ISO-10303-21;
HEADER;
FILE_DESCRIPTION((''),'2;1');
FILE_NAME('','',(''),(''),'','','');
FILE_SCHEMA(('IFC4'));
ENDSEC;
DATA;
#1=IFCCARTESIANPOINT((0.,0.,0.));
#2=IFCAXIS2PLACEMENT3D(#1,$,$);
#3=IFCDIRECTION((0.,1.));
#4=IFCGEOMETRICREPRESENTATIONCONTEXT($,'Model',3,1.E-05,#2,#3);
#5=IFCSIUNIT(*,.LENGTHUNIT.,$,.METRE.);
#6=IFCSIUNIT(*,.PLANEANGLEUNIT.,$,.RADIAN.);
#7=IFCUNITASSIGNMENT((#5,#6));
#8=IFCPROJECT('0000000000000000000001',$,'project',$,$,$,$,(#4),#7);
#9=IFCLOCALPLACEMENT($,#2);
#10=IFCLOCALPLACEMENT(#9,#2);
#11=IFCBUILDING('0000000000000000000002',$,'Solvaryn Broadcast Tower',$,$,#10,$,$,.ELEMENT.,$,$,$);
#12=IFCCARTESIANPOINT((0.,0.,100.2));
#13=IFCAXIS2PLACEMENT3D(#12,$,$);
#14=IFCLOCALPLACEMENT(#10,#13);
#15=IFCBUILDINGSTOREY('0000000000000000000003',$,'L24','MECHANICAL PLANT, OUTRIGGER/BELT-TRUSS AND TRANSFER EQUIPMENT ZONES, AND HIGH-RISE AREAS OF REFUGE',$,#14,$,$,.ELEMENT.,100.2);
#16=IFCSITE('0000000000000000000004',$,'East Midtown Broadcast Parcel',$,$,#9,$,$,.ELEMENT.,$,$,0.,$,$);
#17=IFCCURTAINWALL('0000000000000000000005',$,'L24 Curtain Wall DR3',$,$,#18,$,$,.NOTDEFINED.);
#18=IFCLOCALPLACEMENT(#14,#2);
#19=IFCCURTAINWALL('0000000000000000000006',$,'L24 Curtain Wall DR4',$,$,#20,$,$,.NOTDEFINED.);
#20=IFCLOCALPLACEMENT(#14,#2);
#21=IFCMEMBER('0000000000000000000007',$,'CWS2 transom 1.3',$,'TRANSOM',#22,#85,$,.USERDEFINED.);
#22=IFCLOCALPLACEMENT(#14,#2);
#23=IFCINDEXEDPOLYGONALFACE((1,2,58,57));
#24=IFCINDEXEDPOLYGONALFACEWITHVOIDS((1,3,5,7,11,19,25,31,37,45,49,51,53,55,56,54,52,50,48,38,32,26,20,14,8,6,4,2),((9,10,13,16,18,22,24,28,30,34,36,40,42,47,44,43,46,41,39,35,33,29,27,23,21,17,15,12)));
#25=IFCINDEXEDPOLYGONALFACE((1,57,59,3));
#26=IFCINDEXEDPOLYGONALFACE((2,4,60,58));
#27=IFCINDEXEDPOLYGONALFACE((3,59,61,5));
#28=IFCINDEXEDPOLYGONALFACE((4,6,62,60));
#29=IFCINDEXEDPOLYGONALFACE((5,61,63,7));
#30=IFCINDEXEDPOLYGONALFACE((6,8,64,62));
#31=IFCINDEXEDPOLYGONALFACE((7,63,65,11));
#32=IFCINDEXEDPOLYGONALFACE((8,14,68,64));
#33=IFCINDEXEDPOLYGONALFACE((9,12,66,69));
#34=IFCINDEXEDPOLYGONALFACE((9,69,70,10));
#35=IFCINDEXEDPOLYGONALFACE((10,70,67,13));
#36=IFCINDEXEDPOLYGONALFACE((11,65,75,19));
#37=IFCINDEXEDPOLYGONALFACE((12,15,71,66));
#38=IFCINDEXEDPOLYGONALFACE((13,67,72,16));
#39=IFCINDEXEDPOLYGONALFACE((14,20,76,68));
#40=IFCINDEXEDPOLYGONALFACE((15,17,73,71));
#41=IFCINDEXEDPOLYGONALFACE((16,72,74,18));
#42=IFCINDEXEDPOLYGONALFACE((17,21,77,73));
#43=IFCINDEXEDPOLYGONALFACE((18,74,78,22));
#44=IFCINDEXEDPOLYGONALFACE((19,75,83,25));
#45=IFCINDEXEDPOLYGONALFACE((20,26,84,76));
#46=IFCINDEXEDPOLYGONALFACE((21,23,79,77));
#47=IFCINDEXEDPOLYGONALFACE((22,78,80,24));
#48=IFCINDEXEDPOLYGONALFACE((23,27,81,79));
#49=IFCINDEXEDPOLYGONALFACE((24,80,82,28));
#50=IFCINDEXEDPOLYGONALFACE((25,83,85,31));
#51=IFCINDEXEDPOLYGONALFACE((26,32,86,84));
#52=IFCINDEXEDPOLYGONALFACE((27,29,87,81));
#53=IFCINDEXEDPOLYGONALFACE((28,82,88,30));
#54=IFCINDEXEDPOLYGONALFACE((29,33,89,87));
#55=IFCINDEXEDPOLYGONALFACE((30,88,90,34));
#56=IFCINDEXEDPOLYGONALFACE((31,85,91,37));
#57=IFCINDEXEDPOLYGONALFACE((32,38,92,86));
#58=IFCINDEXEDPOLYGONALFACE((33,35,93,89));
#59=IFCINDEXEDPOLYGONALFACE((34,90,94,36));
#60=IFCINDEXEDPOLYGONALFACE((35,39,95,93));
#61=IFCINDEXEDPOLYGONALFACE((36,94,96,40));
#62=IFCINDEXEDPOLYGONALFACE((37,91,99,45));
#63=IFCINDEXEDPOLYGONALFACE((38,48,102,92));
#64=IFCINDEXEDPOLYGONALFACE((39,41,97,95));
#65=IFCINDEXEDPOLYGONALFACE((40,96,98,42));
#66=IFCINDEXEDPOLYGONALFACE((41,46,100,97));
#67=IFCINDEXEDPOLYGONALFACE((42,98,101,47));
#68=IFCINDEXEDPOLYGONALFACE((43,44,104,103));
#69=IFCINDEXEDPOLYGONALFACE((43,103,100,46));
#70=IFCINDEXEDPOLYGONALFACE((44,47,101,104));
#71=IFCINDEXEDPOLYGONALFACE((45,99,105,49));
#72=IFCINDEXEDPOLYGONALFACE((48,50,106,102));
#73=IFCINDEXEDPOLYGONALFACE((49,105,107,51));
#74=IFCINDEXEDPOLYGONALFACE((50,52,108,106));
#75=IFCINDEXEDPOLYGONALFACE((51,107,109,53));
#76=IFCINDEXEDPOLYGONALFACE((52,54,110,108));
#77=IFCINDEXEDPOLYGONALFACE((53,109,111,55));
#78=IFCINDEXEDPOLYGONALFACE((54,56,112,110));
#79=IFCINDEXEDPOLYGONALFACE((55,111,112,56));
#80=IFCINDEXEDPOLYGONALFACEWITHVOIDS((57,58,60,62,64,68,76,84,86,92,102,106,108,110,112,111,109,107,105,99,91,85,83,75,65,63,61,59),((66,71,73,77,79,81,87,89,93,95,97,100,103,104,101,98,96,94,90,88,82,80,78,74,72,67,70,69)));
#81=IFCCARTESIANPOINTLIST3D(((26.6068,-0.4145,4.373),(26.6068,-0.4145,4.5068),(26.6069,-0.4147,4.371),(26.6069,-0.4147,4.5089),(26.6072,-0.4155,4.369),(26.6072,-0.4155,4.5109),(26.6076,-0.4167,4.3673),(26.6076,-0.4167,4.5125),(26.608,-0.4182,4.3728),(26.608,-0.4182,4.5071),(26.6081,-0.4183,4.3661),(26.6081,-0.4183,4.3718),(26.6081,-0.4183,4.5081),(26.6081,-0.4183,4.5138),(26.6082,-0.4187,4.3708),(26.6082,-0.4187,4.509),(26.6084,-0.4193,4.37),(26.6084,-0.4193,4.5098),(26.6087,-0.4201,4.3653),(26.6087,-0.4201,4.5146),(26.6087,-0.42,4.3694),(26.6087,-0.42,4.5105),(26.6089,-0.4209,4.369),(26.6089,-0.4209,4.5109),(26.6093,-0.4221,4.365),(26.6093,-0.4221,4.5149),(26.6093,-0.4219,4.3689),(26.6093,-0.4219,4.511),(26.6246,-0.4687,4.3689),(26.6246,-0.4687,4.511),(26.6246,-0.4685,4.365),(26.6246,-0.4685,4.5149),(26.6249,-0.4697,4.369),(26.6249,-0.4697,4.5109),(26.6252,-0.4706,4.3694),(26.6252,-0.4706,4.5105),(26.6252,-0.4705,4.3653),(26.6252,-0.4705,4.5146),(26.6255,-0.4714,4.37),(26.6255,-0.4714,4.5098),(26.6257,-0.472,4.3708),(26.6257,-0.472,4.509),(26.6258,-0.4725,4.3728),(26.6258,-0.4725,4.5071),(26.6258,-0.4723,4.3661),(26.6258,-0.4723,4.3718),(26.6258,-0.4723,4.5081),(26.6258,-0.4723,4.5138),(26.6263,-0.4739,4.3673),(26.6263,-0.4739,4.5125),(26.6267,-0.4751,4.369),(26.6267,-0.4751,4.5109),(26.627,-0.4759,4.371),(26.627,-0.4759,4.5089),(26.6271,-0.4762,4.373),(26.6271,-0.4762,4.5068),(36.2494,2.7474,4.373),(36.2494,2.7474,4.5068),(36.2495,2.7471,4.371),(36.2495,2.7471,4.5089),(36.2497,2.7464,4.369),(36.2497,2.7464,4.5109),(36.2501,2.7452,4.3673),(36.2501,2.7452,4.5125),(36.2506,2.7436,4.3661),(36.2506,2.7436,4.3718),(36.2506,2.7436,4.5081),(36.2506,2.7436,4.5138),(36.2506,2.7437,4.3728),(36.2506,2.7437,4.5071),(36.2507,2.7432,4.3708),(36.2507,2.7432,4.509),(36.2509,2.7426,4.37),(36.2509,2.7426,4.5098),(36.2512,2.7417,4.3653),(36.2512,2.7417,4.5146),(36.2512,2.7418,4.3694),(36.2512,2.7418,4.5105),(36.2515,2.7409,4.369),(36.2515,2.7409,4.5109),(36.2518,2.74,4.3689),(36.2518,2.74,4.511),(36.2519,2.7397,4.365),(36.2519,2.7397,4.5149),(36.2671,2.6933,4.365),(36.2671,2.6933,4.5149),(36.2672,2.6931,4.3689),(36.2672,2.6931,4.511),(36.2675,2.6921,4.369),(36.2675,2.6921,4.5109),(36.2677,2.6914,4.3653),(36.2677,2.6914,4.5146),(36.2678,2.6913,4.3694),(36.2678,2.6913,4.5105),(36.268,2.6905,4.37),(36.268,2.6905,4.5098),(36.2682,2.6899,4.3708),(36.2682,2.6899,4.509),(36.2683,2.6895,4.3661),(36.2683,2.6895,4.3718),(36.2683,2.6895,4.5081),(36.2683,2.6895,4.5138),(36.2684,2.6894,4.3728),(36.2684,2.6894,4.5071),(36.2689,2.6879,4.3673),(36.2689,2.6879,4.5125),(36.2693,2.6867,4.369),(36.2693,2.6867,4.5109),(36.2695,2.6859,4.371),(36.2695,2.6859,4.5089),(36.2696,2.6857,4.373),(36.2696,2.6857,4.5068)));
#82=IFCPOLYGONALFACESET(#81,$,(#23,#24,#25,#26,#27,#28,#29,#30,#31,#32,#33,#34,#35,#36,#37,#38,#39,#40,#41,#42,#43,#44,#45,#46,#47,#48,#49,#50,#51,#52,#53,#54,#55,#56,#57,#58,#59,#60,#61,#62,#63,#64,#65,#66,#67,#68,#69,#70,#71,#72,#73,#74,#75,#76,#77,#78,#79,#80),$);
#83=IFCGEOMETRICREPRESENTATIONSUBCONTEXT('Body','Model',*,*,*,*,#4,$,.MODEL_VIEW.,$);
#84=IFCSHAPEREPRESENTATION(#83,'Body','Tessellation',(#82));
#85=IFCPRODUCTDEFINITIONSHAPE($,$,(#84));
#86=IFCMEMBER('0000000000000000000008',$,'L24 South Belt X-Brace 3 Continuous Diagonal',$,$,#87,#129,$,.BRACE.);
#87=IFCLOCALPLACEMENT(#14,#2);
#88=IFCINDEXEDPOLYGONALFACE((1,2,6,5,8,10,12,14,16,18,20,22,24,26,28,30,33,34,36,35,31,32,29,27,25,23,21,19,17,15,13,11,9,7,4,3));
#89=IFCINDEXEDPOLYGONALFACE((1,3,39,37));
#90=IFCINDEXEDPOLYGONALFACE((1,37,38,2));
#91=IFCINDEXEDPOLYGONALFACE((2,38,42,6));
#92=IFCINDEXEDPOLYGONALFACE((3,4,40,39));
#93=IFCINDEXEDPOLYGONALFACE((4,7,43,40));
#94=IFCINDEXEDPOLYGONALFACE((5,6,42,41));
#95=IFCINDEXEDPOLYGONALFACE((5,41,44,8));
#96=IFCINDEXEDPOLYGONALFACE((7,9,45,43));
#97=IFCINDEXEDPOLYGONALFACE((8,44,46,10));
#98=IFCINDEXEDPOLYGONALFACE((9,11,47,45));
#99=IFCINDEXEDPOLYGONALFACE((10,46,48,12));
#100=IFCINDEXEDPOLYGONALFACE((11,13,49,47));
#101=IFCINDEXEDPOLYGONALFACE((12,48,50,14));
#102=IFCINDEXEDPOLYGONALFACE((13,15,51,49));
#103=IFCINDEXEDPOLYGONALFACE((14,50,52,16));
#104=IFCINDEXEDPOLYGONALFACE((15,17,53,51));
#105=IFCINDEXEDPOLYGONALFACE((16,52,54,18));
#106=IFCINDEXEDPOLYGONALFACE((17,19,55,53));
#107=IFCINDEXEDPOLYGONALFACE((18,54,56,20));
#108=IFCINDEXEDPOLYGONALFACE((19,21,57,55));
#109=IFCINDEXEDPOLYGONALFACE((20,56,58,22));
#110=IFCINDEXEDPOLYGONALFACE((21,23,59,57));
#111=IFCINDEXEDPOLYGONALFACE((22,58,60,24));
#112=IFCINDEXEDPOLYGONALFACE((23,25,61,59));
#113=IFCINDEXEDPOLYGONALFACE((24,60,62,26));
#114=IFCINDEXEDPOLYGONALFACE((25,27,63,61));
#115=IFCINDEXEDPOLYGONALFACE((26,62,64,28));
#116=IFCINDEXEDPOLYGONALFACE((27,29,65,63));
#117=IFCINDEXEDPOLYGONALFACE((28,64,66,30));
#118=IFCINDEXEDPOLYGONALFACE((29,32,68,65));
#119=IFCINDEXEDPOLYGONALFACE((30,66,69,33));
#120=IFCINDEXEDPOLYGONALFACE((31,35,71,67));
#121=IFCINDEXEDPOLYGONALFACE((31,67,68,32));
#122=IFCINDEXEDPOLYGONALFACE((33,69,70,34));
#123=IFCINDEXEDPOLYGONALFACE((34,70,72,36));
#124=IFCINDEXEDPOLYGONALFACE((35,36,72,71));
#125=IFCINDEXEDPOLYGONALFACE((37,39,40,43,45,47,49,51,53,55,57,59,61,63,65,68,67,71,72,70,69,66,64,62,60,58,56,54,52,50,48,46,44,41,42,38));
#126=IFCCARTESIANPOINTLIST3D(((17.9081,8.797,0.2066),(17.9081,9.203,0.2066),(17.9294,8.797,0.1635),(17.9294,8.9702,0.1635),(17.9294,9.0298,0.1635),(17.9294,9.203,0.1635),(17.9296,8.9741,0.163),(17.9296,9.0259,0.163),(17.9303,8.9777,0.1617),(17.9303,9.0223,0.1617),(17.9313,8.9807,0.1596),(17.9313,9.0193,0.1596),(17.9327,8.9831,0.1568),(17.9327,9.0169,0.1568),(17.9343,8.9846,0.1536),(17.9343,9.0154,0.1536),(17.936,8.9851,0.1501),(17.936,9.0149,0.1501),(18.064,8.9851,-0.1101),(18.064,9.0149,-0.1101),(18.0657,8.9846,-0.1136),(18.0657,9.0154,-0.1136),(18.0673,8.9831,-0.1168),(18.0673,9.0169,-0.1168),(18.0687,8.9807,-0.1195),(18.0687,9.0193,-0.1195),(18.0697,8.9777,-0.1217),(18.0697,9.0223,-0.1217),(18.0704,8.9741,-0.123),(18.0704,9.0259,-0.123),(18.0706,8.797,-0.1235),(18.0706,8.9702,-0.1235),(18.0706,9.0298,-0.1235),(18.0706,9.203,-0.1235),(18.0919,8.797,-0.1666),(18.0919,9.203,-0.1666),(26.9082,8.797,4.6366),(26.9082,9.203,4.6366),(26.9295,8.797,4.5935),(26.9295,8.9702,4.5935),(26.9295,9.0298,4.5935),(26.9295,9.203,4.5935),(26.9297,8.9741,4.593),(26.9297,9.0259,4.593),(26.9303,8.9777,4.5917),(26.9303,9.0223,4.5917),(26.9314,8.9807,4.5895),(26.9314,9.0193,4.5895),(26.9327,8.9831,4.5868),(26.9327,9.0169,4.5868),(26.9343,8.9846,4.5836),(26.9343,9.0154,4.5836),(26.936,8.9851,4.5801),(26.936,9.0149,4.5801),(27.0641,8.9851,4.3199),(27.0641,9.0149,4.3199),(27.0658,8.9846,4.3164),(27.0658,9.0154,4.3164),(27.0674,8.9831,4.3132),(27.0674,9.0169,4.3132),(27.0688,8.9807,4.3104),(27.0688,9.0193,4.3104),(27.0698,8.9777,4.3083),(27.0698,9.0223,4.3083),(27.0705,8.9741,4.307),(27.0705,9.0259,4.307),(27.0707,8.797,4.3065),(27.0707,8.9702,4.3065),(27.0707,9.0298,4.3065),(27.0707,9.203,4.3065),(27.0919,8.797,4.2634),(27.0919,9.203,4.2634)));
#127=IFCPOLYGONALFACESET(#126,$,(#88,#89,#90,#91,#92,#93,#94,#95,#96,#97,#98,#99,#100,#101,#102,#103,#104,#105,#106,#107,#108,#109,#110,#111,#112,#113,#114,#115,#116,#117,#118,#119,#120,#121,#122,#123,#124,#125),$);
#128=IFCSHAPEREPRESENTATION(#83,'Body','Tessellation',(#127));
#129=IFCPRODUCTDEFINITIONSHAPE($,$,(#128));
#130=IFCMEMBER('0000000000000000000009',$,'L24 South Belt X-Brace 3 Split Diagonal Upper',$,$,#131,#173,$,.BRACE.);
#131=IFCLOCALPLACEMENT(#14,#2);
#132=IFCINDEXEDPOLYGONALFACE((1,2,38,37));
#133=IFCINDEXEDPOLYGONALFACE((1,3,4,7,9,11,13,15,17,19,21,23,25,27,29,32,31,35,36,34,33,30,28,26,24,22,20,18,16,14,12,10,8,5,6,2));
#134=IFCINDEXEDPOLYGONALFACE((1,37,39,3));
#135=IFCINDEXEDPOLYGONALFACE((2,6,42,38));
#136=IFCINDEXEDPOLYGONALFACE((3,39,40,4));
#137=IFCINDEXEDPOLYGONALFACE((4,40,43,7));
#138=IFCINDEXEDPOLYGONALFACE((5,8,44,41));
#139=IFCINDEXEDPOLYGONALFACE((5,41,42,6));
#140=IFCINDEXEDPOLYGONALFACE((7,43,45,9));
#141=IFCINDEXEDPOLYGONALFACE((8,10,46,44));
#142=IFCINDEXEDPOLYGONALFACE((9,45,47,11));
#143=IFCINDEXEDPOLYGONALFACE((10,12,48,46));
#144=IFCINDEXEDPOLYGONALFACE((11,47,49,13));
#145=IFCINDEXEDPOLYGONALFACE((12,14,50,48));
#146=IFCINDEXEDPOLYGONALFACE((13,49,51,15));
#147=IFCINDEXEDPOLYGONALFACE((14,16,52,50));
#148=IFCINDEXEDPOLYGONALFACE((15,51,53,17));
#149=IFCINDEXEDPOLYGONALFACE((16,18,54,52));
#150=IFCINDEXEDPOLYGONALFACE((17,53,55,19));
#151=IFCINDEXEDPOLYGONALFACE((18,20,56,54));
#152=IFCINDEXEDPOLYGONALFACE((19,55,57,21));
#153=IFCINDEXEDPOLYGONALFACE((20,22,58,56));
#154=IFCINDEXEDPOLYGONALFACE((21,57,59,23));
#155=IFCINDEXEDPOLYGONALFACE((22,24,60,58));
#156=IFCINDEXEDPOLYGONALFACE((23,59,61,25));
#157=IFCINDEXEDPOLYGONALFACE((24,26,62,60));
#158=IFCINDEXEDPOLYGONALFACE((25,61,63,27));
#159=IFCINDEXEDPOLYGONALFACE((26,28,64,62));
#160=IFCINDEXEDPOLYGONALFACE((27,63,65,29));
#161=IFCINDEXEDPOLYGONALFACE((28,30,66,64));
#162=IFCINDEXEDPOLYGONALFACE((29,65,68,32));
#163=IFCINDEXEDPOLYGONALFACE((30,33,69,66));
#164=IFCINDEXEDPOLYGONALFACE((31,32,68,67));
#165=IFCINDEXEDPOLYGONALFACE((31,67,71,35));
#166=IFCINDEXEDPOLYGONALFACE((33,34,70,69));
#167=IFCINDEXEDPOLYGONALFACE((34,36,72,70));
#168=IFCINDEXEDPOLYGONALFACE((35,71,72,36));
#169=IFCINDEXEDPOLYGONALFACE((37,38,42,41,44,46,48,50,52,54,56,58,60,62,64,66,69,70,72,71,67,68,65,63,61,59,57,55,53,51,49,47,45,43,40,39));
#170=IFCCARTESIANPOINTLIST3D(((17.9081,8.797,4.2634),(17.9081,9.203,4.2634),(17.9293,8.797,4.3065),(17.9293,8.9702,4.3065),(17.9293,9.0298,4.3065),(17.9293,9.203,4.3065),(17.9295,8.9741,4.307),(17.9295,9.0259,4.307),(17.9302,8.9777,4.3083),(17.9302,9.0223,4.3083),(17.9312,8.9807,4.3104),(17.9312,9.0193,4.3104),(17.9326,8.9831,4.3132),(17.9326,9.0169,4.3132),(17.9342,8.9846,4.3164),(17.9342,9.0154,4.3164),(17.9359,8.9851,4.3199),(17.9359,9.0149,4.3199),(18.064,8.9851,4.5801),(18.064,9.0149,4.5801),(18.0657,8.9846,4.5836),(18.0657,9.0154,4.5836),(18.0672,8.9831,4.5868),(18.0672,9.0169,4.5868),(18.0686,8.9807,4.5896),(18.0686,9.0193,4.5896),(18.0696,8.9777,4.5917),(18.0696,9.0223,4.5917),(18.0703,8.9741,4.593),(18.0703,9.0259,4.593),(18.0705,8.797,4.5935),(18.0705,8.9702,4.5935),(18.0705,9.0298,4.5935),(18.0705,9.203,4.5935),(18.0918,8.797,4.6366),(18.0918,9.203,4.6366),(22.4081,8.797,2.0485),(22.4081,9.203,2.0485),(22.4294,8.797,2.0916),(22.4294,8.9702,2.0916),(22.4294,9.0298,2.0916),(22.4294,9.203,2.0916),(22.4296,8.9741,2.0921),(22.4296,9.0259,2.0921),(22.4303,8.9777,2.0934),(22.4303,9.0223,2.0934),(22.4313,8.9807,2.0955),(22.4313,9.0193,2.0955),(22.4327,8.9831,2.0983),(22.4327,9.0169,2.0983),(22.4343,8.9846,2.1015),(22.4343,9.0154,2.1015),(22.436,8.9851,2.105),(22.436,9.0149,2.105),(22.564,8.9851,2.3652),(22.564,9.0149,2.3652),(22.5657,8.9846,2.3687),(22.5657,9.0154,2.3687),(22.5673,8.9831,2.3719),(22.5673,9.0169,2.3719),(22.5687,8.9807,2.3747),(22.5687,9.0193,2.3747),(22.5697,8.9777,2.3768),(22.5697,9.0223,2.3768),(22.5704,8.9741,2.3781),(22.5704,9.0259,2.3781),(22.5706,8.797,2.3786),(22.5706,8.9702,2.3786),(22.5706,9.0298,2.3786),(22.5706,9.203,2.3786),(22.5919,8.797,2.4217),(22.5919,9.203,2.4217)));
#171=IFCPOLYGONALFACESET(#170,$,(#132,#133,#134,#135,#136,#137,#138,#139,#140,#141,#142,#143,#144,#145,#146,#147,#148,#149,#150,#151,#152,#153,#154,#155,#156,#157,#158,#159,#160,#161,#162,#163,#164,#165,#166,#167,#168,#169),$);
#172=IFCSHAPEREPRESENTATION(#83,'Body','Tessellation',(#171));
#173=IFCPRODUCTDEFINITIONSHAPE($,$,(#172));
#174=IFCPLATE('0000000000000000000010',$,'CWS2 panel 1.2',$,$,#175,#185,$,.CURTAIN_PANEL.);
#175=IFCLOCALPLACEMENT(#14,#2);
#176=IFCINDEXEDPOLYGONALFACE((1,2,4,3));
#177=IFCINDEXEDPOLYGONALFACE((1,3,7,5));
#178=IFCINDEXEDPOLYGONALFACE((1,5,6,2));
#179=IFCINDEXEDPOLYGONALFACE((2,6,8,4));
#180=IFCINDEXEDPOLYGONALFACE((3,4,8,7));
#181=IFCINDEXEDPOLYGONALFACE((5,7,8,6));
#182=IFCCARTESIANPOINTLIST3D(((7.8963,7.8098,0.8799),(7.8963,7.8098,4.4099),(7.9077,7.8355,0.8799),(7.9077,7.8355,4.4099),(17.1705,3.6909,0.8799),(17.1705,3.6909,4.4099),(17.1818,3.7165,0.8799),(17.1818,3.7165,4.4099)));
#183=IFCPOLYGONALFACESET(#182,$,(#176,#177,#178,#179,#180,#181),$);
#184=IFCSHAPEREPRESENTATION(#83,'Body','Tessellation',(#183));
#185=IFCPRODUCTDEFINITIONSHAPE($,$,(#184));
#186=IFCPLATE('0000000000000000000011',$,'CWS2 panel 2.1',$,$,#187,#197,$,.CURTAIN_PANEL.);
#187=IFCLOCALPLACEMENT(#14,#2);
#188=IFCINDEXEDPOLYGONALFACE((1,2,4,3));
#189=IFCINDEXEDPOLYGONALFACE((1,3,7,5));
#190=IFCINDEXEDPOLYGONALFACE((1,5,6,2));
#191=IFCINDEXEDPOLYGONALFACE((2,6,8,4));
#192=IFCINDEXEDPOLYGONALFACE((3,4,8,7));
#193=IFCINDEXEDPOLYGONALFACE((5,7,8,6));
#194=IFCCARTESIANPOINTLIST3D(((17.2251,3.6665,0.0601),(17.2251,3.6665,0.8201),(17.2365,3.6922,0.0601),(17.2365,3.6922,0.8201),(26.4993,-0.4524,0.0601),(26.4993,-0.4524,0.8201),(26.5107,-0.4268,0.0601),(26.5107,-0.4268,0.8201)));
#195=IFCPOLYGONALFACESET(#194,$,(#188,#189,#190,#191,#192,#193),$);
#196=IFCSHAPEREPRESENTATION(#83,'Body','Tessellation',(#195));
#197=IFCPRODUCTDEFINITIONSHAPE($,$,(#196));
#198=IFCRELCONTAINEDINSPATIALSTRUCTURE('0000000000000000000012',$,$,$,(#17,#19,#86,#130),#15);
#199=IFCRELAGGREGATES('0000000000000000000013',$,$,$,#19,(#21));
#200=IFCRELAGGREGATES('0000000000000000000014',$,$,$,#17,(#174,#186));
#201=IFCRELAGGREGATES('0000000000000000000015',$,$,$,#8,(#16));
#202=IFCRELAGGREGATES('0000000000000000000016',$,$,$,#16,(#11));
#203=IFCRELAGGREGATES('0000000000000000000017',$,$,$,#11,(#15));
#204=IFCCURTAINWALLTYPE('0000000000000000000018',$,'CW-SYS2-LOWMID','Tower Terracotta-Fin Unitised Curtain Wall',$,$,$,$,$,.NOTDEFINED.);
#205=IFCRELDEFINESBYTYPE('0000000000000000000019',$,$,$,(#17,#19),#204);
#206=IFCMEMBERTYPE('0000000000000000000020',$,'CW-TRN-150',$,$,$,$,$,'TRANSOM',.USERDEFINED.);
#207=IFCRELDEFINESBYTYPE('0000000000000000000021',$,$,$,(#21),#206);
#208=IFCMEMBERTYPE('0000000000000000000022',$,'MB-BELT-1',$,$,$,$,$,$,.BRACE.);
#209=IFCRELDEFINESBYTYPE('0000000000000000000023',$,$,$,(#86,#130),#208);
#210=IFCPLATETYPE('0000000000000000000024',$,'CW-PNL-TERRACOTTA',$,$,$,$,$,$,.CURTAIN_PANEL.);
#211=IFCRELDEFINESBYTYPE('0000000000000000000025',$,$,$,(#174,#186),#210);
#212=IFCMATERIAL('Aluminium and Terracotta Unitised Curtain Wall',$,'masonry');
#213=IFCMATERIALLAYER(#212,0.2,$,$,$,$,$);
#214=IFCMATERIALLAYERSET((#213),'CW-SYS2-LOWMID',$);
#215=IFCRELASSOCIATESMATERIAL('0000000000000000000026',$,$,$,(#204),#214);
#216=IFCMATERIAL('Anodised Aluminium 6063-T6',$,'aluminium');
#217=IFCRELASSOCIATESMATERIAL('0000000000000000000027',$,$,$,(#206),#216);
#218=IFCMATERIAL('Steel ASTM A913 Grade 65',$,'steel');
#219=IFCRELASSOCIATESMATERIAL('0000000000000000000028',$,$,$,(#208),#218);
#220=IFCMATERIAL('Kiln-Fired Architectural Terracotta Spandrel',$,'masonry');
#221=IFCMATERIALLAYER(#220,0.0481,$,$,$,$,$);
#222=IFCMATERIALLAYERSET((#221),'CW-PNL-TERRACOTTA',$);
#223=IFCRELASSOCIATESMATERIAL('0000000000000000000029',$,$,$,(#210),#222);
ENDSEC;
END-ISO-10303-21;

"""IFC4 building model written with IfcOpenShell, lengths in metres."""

from ifc_helpers import new_model, si_unit, direction, frame, origin, origin_2d, place, context, subcontext, project, spatial, rectangle, hollow_rectangle, i_section, extrude, material, layer, layer_set, material_profile, profile_set, type_object, element, aggregate, save


model = new_model("IFC4")

# Units and contexts
model_context = context("Model", 3, precision=1e-05, world=origin(), true_north=direction((0.0, 1.0)))
body_context = subcontext(model_context, "Body", "Model", "MODEL_VIEW")
ifc_project = project(units=[si_unit("LENGTHUNIT", "METRE"), si_unit("PLANEANGLEUNIT", "RADIAN")], contexts=[model_context])

# Site, building, storey
site_placement = place(None, origin())
site = spatial("IfcSite", under=ifc_project, at=site_placement, Name="East Midtown Broadcast Parcel", CompositionType="ELEMENT", RefElevation=0.0)
building_placement = place(site_placement, origin())
building = spatial("IfcBuilding", under=site, at=building_placement, Name="Solvaryn Broadcast Tower", CompositionType="ELEMENT")
storey_placement = place(building_placement, frame((0.0, 0.0, 100.2)))
storey = spatial("IfcBuildingStorey", under=building, at=storey_placement, Name="L24", Description="MECHANICAL PLANT, OUTRIGGER/BELT-TRUSS AND TRANSFER EQUIPMENT ZONES, AND HIGH-RISE AREAS OF REFUGE", CompositionType="ELEMENT", Elevation=100.2)

# Curtain wall
ifc_material_1 = material(Name="Aluminium and Terracotta Unitised Curtain Wall", Category="masonry")
ifc_layer_1 = layer(ifc_material_1, 0.2)
ifc_layer_set_1 = layer_set([ifc_layer_1], Name="CW-SYS2-LOWMID")
curtain_wall_type = type_object("IfcCurtainWallType", Name="CW-SYS2-LOWMID", Description="Tower Terracotta-Fin Unitised Curtain Wall", PredefinedType="NOTDEFINED", material=ifc_layer_set_1)
curtain_wall_1_placement = place(storey_placement, origin())
curtain_wall_1 = element("IfcCurtainWall", 1, at=curtain_wall_1_placement, inside=storey, type_object=curtain_wall_type, Name="L24 Curtain Wall DR3", PredefinedType="NOTDEFINED")

# Curtain wall
curtain_wall_2_placement = place(storey_placement, origin())
curtain_wall_2 = element("IfcCurtainWall", 2, at=curtain_wall_2_placement, inside=storey, type_object=curtain_wall_type, Name="L24 Curtain Wall DR4", PredefinedType="NOTDEFINED")

# Member
ifc_material_2 = material(Name="Anodised Aluminium 6063-T6", Category="aluminium")
ifc_material_profile_1 = material_profile(ifc_material_2, hollow_rectangle(XDim=0.0649, YDim=0.1499, WallThickness=0.0039, InnerFilletRadius=0.0039, OuterFilletRadius=0.0081, at=origin_2d()))
ifc_profile_set_1 = profile_set([ifc_material_profile_1], Name="Anodised Aluminium 6063-T6")
member_type_1 = type_object("IfcMemberType", Name="CW-TRN-150", ElementType="TRANSOM", PredefinedType="USERDEFINED", material=ifc_profile_set_1)
member_1_placement = place(storey_placement, frame((26.6169, -0.4453, 4.4399), z_axis=(0.950219, 0.311583, 0.0), x_axis=(-0.311583, 0.950219, 0.0)))
member_1 = element("IfcMember", 3, at=member_1_placement, type_object=member_type_1, Name="CWS2 transom 1.3", ObjectType="TRANSOM", PredefinedType="USERDEFINED", context=body_context, shape_type="SweptSolid", body=[
    extrude(hollow_rectangle(XDim=0.0649, YDim=0.1499, WallThickness=0.0039, InnerFilletRadius=0.0039, OuterFilletRadius=0.0081, at=origin_2d()), origin(), (0.0, 0.0, 1.0), 10.1477),
])
aggregate(curtain_wall_2, [member_1])

# Members
ifc_material_3 = material(Name="Steel ASTM A913 Grade 65", Category="steel")
ifc_material_profile_2 = material_profile(ifc_material_3, i_section(OverallWidth=0.406, OverallDepth=0.416, WebThickness=0.0298, FlangeThickness=0.0481, FilletRadius=0.0149, at=origin_2d()))
ifc_profile_set_2 = profile_set([ifc_material_profile_2], Name="Steel ASTM A913 Grade 65")
member_type_2 = type_object("IfcMemberType", Name="MB-BELT-1", PredefinedType="BRACE", material=ifc_profile_set_2)
member_2_placement = place(storey_placement, frame((18.0, 9.0, 0.02), z_axis=(0.897204, 0.0, 0.441617), x_axis=(0.0, 1.0, 0.0)))
element("IfcMember", 4, at=member_2_placement, inside=storey, type_object=member_type_2, Name="L24 South Belt X-Brace 3 Continuous Diagonal", PredefinedType="BRACE", context=body_context, shape_type="SweptSolid", body=[
    extrude(i_section(OverallWidth=0.406, OverallDepth=0.416, WebThickness=0.0298, FlangeThickness=0.0481, FilletRadius=0.0149, at=origin_2d()), origin(), (0.0, 0.0, 1.0), 10.0312),
])
member_3_placement = place(storey_placement, frame((22.5, 9.0, 2.2351), z_axis=(-0.897213, 0.0, 0.441597), x_axis=(0.0, -1.0, 0.0)))
element("IfcMember", 5, at=member_3_placement, inside=storey, type_object=member_type_2, Name="L24 South Belt X-Brace 3 Split Diagonal Upper", PredefinedType="BRACE", context=body_context, shape_type="SweptSolid", body=[
    extrude(i_section(OverallWidth=0.406, OverallDepth=0.416, WebThickness=0.0298, FlangeThickness=0.0481, FilletRadius=0.0149, at=origin_2d()), origin(), (0.0, 0.0, 1.0), 5.0156),
])

# Plates
ifc_material_4 = material(Name="Kiln-Fired Architectural Terracotta Spandrel", Category="masonry")
ifc_layer_2 = layer(ifc_material_4, 0.0481)
ifc_layer_set_2 = layer_set([ifc_layer_2], Name="CW-PNL-TERRACOTTA")
plate_type_1 = type_object("IfcPlateType", Name="CW-PNL-TERRACOTTA", PredefinedType="CURTAIN_PANEL", material=ifc_layer_set_2)
plate_1_placement = place(storey_placement, frame((12.5391, 5.7632, 0.8799), z_axis=(0.0, 0.0, 1.0), x_axis=(0.913918, -0.405898, 0.0)))
plate_1 = element("IfcPlate", 6, at=plate_1_placement, type_object=plate_type_1, Name="CWS2 panel 1.2", PredefinedType="CURTAIN_PANEL", context=body_context, shape_type="SweptSolid", body=[
    extrude(rectangle(XDim=10.1477, YDim=0.0281, at=origin_2d()), origin(), (0.0, 0.0, 1.0), 3.53),
])
plate_2_placement = place(storey_placement, frame((21.8679, 1.6199, 0.0601), z_axis=(0.0, 0.0, 1.0), x_axis=(0.913918, -0.405898, 0.0)))
plate_2 = element("IfcPlate", 7, at=plate_2_placement, type_object=plate_type_1, Name="CWS2 panel 2.1", PredefinedType="CURTAIN_PANEL", context=body_context, shape_type="SweptSolid", body=[
    extrude(rectangle(XDim=10.1477, YDim=0.0281, at=origin_2d()), origin(), (0.0, 0.0, 1.0), 0.76),
])
aggregate(curtain_wall_1, [plate_1, plate_2])

save(model, "model.ifc")
